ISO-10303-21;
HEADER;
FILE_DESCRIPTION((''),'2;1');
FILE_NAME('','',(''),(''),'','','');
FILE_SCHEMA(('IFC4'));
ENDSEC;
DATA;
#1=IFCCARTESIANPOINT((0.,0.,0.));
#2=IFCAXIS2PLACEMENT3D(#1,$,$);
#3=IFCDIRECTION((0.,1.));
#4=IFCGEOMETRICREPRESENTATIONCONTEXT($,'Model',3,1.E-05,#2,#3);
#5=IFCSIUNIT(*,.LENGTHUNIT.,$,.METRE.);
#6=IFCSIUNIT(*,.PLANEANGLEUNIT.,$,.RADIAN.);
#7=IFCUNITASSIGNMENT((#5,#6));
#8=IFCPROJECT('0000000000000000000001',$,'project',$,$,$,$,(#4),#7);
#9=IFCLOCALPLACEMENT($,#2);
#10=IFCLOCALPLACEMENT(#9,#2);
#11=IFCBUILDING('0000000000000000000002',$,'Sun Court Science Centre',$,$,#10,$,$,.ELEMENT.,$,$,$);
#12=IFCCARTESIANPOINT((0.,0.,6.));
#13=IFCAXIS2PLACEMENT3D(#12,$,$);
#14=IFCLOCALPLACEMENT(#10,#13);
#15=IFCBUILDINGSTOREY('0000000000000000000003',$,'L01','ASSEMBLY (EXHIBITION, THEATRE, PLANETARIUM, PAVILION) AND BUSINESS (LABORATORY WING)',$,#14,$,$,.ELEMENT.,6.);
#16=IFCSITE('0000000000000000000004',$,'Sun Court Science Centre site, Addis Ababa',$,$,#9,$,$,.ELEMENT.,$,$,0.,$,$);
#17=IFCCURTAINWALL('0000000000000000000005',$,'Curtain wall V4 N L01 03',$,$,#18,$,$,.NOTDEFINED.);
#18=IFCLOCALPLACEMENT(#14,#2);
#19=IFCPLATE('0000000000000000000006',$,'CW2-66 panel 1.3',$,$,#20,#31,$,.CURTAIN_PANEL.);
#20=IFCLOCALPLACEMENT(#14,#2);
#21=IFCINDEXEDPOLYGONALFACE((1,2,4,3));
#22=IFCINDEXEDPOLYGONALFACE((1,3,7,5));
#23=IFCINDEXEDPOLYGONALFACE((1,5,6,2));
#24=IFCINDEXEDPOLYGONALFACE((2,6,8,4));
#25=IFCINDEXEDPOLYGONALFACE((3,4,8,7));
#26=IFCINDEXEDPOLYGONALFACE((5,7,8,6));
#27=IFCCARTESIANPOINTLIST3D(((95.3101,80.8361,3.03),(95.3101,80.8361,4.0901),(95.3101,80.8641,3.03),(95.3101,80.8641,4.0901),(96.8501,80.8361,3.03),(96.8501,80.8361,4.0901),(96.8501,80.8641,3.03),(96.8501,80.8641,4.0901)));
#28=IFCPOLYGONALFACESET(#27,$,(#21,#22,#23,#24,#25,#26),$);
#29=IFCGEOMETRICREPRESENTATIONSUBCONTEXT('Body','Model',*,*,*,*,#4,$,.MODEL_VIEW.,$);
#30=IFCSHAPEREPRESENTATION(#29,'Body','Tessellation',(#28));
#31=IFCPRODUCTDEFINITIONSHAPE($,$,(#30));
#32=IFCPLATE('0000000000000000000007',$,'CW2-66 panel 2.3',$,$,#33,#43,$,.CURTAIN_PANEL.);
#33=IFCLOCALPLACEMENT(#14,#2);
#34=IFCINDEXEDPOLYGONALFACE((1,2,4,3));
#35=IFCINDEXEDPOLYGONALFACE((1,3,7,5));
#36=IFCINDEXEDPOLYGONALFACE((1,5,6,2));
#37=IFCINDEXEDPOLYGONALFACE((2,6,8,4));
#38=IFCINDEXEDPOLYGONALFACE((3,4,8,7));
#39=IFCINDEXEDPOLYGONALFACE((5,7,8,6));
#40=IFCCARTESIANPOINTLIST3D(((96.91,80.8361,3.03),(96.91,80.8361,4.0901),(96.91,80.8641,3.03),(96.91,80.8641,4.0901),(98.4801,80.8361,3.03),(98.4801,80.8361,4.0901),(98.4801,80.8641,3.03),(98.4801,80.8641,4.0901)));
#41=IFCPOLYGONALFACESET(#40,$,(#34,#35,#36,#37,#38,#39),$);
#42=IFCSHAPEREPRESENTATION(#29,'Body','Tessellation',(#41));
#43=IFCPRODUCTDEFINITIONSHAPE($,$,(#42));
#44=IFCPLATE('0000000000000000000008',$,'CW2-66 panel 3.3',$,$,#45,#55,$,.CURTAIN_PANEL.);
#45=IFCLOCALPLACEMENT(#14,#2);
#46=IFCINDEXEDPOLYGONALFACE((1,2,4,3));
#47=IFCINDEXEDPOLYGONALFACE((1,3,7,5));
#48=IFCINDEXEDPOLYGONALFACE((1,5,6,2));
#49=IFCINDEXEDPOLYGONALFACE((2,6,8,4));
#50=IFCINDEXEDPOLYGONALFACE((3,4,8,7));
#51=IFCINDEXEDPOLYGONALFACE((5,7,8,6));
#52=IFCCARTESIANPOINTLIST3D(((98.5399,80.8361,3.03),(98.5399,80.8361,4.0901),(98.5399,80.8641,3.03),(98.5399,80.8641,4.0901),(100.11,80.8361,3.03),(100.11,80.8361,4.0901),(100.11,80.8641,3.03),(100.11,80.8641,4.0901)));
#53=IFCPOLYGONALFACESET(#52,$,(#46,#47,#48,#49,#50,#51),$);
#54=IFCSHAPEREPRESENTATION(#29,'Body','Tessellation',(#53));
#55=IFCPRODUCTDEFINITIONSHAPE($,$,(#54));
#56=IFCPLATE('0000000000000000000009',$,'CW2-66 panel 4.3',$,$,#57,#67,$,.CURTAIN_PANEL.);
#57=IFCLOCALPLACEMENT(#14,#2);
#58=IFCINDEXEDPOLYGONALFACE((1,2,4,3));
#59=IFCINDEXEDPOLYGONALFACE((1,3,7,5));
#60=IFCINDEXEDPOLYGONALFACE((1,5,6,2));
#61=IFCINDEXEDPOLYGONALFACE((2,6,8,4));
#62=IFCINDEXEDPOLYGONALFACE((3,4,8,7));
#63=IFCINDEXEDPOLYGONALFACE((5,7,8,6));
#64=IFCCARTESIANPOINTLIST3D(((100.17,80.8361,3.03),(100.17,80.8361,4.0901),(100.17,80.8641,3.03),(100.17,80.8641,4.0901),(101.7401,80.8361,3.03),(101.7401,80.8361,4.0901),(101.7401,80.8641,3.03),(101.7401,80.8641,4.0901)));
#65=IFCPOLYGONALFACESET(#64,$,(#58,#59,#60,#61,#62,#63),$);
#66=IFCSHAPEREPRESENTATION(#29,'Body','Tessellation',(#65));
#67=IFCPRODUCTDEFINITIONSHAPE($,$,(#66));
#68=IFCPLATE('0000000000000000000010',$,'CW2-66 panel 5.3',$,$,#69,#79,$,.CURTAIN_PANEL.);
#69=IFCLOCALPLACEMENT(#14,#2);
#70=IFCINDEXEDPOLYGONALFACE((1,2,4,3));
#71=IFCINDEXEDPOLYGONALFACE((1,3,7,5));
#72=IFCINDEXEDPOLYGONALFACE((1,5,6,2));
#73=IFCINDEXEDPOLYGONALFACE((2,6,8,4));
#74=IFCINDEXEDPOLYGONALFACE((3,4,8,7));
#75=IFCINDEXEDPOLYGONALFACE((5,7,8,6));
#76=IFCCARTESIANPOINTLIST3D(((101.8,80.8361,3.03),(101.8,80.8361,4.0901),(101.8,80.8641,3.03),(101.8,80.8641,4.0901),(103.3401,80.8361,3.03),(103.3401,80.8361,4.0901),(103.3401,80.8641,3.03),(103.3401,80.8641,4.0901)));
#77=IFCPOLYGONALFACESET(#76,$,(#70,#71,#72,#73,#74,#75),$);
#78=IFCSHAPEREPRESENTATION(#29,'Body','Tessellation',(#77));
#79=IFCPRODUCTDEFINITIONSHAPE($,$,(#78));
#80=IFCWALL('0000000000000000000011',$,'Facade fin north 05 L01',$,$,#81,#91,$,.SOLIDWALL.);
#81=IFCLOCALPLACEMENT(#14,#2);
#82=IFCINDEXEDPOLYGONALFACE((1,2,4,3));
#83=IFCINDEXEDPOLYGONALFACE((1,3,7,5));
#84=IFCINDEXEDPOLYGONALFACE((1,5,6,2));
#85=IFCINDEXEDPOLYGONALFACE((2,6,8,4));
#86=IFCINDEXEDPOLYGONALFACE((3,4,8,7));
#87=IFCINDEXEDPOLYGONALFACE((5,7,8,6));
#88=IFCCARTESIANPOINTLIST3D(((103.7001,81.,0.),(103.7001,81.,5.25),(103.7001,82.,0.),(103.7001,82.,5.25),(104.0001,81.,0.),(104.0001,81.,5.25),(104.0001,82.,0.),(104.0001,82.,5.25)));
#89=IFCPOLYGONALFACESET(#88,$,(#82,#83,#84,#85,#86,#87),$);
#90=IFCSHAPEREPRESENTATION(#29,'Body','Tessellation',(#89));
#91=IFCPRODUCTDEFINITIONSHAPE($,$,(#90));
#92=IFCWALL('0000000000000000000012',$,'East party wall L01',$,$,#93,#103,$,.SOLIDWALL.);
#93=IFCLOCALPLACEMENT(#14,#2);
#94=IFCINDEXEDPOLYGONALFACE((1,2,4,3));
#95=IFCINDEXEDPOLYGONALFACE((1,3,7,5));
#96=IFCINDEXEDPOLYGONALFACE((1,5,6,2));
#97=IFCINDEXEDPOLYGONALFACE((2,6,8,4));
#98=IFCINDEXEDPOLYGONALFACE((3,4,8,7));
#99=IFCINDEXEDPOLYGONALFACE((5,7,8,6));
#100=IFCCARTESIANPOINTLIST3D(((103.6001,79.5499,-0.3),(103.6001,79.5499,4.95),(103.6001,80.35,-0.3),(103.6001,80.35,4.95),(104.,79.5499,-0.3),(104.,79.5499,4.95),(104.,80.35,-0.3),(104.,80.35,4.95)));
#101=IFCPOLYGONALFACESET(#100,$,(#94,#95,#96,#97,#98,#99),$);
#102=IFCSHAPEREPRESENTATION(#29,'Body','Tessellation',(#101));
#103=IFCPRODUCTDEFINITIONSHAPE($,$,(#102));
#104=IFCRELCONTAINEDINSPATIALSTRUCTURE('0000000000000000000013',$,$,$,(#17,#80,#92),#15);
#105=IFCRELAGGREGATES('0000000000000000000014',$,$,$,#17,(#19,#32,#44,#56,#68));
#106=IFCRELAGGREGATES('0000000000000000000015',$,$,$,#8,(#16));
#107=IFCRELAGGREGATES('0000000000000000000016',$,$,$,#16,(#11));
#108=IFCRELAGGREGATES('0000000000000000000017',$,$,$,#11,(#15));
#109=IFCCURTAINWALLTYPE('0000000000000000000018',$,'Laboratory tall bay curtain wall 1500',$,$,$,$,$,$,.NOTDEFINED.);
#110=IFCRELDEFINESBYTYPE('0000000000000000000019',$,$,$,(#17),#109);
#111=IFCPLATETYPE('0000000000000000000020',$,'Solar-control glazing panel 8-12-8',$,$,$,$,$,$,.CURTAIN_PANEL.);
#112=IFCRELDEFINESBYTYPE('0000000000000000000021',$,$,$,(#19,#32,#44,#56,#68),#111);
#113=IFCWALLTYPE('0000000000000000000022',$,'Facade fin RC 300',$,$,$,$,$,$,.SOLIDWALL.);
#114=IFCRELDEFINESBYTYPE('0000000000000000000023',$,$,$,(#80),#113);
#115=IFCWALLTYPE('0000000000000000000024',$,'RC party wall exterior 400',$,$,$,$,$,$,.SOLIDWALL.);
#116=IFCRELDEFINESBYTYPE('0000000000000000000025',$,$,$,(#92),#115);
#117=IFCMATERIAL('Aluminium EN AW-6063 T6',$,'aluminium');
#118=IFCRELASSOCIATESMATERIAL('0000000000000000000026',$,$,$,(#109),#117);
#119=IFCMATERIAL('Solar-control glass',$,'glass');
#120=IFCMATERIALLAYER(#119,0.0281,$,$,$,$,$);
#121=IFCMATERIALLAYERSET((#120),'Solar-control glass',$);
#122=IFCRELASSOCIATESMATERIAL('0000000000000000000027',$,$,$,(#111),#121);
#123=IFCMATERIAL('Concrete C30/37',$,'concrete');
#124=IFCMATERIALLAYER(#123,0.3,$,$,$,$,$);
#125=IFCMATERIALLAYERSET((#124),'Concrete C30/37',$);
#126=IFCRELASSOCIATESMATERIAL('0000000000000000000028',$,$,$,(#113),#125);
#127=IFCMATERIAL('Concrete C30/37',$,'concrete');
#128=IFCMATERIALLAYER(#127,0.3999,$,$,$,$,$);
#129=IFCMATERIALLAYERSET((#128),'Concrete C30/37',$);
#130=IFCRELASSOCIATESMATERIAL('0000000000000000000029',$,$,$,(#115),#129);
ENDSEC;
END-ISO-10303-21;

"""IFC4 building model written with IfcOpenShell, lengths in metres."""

from ifc_helpers import new_model, si_unit, direction, frame, frame_2d, origin, origin_2d, place, context, subcontext, project, spatial, rectangle, extrude, material, layer, layer_set, type_object, element, aggregate, save


model = new_model("IFC4")

# Units and contexts
model_context = context("Model", 3, precision=1e-05, world=origin(), true_north=direction((0.0, 1.0)))
body_context = subcontext(model_context, "Body", "Model", "MODEL_VIEW")
ifc_project = project(units=[si_unit("LENGTHUNIT", "METRE"), si_unit("PLANEANGLEUNIT", "RADIAN")], contexts=[model_context])

# Site, building, storey
site_placement = place(None, origin())
site = spatial("IfcSite", under=ifc_project, at=site_placement, Name="Sun Court Science Centre site, Addis Ababa", CompositionType="ELEMENT", RefElevation=0.0)
building_placement = place(site_placement, origin())
building = spatial("IfcBuilding", under=site, at=building_placement, Name="Sun Court Science Centre", CompositionType="ELEMENT")
storey_placement = place(building_placement, frame((0.0, 0.0, 6.0)))
storey = spatial("IfcBuildingStorey", under=building, at=storey_placement, Name="L01", Description="ASSEMBLY (EXHIBITION, THEATRE, PLANETARIUM, PAVILION) AND BUSINESS (LABORATORY WING)", CompositionType="ELEMENT", Elevation=6.0)

# Curtain wall, plates
ifc_material_1 = material(Name="Aluminium EN AW-6063 T6", Category="aluminium")
curtain_wall_type = type_object("IfcCurtainWallType", Name="Laboratory tall bay curtain wall 1500", PredefinedType="NOTDEFINED", material=ifc_material_1)
curtain_wall_placement = place(storey_placement, origin())
curtain_wall = element("IfcCurtainWall", 1, at=curtain_wall_placement, inside=storey, type_object=curtain_wall_type, Name="Curtain wall V4 N L01 03", PredefinedType="NOTDEFINED")
ifc_material_2 = material(Name="Solar-control glass", Category="glass")
ifc_layer_1 = layer(ifc_material_2, 0.0281)
ifc_layer_set_1 = layer_set([ifc_layer_1], Name="Solar-control glass")
plate_type = type_object("IfcPlateType", Name="Solar-control glazing panel 8-12-8", PredefinedType="CURTAIN_PANEL", material=ifc_layer_set_1)
plate_1_placement = place(storey_placement, frame((96.0801, 80.8501, 3.03), z_axis=(0.0, 0.0, 1.0), x_axis=(1.0, 0.0, 0.0)))
plate_1 = element("IfcPlate", 2, at=plate_1_placement, type_object=plate_type, Name="CW2-66 panel 1.3", PredefinedType="CURTAIN_PANEL", context=body_context, shape_type="SweptSolid", body=[
    extrude(rectangle(XDim=1.54, YDim=0.0281, at=origin_2d()), origin(), (0.0, 0.0, 1.0), 1.0601),
])
plate_2_placement = place(storey_placement, frame((97.6951, 80.8501, 3.03), z_axis=(0.0, 0.0, 1.0), x_axis=(1.0, 0.0, 0.0)))
plate_2 = element("IfcPlate", 3, at=plate_2_placement, type_object=plate_type, Name="CW2-66 panel 2.3", PredefinedType="CURTAIN_PANEL", context=body_context, shape_type="SweptSolid", body=[
    extrude(rectangle(XDim=1.5701, YDim=0.0281, at=origin_2d()), origin(), (0.0, 0.0, 1.0), 1.0601),
])
plate_3_placement = place(storey_placement, frame((99.325, 80.8501, 3.03), z_axis=(0.0, 0.0, 1.0), x_axis=(1.0, 0.0, 0.0)))
plate_3 = element("IfcPlate", 4, at=plate_3_placement, type_object=plate_type, Name="CW2-66 panel 3.3", PredefinedType="CURTAIN_PANEL", context=body_context, shape_type="SweptSolid", body=[
    extrude(rectangle(XDim=1.5701, YDim=0.0281, at=origin_2d()), origin(), (0.0, 0.0, 1.0), 1.0601),
])
plate_4_placement = place(storey_placement, frame((100.9551, 80.8501, 3.03), z_axis=(0.0, 0.0, 1.0), x_axis=(1.0, 0.0, 0.0)))
plate_4 = element("IfcPlate", 5, at=plate_4_placement, type_object=plate_type, Name="CW2-66 panel 4.3", PredefinedType="CURTAIN_PANEL", context=body_context, shape_type="SweptSolid", body=[
    extrude(rectangle(XDim=1.5701, YDim=0.0281, at=origin_2d()), origin(), (0.0, 0.0, 1.0), 1.0601),
])
plate_5_placement = place(storey_placement, frame((102.5701, 80.8501, 3.03), z_axis=(0.0, 0.0, 1.0), x_axis=(1.0, 0.0, 0.0)))
plate_5 = element("IfcPlate", 6, at=plate_5_placement, type_object=plate_type, Name="CW2-66 panel 5.3", PredefinedType="CURTAIN_PANEL", context=body_context, shape_type="SweptSolid", body=[
    extrude(rectangle(XDim=1.54, YDim=0.0281, at=origin_2d()), origin(), (0.0, 0.0, 1.0), 1.0601),
])
aggregate(curtain_wall, [plate_1, plate_2, plate_3, plate_4, plate_5])

# Walls
ifc_material_3 = material(Name="Concrete C30/37", Category="concrete")
ifc_layer_2 = layer(ifc_material_3, 0.3)
ifc_layer_set_2 = layer_set([ifc_layer_2], Name="Concrete C30/37")
wall_type_1 = type_object("IfcWallType", Name="Facade fin RC 300", PredefinedType="SOLIDWALL", material=ifc_layer_set_2)
wall_1_placement = place(storey_placement, frame((103.8501, 81.0, 0.0), z_axis=(0.0, 0.0, 1.0), x_axis=(0.0, 1.0, 0.0)))
element("IfcWall", 7, at=wall_1_placement, inside=storey, type_object=wall_type_1, Name="Facade fin north 05 L01", PredefinedType="SOLIDWALL", context=body_context, shape_type="SweptSolid", body=[
    extrude(rectangle(XDim=1.0, YDim=0.3, at=frame_2d((0.5, 0.0))), origin(), (0.0, 0.0, 1.0), 5.25),
])
ifc_material_4 = material(Name="Concrete C30/37", Category="concrete")
ifc_layer_3 = layer(ifc_material_4, 0.3999)
ifc_layer_set_3 = layer_set([ifc_layer_3], Name="Concrete C30/37")
wall_type_2 = type_object("IfcWallType", Name="RC party wall exterior 400", PredefinedType="SOLIDWALL", material=ifc_layer_set_3)
wall_2_placement = place(storey_placement, frame((103.8, 79.55, -0.3), z_axis=(0.0, 0.0, 1.0), x_axis=(0.0, 1.0, 0.0)))
element("IfcWall", 8, at=wall_2_placement, inside=storey, type_object=wall_type_2, Name="East party wall L01", PredefinedType="SOLIDWALL", context=body_context, shape_type="SweptSolid", body=[
    extrude(rectangle(XDim=0.8, YDim=0.3999, at=frame_2d((0.3999, 0.0))), origin(), (0.0, 0.0, 1.0), 5.25),
])

save(model, "model.ifc")
